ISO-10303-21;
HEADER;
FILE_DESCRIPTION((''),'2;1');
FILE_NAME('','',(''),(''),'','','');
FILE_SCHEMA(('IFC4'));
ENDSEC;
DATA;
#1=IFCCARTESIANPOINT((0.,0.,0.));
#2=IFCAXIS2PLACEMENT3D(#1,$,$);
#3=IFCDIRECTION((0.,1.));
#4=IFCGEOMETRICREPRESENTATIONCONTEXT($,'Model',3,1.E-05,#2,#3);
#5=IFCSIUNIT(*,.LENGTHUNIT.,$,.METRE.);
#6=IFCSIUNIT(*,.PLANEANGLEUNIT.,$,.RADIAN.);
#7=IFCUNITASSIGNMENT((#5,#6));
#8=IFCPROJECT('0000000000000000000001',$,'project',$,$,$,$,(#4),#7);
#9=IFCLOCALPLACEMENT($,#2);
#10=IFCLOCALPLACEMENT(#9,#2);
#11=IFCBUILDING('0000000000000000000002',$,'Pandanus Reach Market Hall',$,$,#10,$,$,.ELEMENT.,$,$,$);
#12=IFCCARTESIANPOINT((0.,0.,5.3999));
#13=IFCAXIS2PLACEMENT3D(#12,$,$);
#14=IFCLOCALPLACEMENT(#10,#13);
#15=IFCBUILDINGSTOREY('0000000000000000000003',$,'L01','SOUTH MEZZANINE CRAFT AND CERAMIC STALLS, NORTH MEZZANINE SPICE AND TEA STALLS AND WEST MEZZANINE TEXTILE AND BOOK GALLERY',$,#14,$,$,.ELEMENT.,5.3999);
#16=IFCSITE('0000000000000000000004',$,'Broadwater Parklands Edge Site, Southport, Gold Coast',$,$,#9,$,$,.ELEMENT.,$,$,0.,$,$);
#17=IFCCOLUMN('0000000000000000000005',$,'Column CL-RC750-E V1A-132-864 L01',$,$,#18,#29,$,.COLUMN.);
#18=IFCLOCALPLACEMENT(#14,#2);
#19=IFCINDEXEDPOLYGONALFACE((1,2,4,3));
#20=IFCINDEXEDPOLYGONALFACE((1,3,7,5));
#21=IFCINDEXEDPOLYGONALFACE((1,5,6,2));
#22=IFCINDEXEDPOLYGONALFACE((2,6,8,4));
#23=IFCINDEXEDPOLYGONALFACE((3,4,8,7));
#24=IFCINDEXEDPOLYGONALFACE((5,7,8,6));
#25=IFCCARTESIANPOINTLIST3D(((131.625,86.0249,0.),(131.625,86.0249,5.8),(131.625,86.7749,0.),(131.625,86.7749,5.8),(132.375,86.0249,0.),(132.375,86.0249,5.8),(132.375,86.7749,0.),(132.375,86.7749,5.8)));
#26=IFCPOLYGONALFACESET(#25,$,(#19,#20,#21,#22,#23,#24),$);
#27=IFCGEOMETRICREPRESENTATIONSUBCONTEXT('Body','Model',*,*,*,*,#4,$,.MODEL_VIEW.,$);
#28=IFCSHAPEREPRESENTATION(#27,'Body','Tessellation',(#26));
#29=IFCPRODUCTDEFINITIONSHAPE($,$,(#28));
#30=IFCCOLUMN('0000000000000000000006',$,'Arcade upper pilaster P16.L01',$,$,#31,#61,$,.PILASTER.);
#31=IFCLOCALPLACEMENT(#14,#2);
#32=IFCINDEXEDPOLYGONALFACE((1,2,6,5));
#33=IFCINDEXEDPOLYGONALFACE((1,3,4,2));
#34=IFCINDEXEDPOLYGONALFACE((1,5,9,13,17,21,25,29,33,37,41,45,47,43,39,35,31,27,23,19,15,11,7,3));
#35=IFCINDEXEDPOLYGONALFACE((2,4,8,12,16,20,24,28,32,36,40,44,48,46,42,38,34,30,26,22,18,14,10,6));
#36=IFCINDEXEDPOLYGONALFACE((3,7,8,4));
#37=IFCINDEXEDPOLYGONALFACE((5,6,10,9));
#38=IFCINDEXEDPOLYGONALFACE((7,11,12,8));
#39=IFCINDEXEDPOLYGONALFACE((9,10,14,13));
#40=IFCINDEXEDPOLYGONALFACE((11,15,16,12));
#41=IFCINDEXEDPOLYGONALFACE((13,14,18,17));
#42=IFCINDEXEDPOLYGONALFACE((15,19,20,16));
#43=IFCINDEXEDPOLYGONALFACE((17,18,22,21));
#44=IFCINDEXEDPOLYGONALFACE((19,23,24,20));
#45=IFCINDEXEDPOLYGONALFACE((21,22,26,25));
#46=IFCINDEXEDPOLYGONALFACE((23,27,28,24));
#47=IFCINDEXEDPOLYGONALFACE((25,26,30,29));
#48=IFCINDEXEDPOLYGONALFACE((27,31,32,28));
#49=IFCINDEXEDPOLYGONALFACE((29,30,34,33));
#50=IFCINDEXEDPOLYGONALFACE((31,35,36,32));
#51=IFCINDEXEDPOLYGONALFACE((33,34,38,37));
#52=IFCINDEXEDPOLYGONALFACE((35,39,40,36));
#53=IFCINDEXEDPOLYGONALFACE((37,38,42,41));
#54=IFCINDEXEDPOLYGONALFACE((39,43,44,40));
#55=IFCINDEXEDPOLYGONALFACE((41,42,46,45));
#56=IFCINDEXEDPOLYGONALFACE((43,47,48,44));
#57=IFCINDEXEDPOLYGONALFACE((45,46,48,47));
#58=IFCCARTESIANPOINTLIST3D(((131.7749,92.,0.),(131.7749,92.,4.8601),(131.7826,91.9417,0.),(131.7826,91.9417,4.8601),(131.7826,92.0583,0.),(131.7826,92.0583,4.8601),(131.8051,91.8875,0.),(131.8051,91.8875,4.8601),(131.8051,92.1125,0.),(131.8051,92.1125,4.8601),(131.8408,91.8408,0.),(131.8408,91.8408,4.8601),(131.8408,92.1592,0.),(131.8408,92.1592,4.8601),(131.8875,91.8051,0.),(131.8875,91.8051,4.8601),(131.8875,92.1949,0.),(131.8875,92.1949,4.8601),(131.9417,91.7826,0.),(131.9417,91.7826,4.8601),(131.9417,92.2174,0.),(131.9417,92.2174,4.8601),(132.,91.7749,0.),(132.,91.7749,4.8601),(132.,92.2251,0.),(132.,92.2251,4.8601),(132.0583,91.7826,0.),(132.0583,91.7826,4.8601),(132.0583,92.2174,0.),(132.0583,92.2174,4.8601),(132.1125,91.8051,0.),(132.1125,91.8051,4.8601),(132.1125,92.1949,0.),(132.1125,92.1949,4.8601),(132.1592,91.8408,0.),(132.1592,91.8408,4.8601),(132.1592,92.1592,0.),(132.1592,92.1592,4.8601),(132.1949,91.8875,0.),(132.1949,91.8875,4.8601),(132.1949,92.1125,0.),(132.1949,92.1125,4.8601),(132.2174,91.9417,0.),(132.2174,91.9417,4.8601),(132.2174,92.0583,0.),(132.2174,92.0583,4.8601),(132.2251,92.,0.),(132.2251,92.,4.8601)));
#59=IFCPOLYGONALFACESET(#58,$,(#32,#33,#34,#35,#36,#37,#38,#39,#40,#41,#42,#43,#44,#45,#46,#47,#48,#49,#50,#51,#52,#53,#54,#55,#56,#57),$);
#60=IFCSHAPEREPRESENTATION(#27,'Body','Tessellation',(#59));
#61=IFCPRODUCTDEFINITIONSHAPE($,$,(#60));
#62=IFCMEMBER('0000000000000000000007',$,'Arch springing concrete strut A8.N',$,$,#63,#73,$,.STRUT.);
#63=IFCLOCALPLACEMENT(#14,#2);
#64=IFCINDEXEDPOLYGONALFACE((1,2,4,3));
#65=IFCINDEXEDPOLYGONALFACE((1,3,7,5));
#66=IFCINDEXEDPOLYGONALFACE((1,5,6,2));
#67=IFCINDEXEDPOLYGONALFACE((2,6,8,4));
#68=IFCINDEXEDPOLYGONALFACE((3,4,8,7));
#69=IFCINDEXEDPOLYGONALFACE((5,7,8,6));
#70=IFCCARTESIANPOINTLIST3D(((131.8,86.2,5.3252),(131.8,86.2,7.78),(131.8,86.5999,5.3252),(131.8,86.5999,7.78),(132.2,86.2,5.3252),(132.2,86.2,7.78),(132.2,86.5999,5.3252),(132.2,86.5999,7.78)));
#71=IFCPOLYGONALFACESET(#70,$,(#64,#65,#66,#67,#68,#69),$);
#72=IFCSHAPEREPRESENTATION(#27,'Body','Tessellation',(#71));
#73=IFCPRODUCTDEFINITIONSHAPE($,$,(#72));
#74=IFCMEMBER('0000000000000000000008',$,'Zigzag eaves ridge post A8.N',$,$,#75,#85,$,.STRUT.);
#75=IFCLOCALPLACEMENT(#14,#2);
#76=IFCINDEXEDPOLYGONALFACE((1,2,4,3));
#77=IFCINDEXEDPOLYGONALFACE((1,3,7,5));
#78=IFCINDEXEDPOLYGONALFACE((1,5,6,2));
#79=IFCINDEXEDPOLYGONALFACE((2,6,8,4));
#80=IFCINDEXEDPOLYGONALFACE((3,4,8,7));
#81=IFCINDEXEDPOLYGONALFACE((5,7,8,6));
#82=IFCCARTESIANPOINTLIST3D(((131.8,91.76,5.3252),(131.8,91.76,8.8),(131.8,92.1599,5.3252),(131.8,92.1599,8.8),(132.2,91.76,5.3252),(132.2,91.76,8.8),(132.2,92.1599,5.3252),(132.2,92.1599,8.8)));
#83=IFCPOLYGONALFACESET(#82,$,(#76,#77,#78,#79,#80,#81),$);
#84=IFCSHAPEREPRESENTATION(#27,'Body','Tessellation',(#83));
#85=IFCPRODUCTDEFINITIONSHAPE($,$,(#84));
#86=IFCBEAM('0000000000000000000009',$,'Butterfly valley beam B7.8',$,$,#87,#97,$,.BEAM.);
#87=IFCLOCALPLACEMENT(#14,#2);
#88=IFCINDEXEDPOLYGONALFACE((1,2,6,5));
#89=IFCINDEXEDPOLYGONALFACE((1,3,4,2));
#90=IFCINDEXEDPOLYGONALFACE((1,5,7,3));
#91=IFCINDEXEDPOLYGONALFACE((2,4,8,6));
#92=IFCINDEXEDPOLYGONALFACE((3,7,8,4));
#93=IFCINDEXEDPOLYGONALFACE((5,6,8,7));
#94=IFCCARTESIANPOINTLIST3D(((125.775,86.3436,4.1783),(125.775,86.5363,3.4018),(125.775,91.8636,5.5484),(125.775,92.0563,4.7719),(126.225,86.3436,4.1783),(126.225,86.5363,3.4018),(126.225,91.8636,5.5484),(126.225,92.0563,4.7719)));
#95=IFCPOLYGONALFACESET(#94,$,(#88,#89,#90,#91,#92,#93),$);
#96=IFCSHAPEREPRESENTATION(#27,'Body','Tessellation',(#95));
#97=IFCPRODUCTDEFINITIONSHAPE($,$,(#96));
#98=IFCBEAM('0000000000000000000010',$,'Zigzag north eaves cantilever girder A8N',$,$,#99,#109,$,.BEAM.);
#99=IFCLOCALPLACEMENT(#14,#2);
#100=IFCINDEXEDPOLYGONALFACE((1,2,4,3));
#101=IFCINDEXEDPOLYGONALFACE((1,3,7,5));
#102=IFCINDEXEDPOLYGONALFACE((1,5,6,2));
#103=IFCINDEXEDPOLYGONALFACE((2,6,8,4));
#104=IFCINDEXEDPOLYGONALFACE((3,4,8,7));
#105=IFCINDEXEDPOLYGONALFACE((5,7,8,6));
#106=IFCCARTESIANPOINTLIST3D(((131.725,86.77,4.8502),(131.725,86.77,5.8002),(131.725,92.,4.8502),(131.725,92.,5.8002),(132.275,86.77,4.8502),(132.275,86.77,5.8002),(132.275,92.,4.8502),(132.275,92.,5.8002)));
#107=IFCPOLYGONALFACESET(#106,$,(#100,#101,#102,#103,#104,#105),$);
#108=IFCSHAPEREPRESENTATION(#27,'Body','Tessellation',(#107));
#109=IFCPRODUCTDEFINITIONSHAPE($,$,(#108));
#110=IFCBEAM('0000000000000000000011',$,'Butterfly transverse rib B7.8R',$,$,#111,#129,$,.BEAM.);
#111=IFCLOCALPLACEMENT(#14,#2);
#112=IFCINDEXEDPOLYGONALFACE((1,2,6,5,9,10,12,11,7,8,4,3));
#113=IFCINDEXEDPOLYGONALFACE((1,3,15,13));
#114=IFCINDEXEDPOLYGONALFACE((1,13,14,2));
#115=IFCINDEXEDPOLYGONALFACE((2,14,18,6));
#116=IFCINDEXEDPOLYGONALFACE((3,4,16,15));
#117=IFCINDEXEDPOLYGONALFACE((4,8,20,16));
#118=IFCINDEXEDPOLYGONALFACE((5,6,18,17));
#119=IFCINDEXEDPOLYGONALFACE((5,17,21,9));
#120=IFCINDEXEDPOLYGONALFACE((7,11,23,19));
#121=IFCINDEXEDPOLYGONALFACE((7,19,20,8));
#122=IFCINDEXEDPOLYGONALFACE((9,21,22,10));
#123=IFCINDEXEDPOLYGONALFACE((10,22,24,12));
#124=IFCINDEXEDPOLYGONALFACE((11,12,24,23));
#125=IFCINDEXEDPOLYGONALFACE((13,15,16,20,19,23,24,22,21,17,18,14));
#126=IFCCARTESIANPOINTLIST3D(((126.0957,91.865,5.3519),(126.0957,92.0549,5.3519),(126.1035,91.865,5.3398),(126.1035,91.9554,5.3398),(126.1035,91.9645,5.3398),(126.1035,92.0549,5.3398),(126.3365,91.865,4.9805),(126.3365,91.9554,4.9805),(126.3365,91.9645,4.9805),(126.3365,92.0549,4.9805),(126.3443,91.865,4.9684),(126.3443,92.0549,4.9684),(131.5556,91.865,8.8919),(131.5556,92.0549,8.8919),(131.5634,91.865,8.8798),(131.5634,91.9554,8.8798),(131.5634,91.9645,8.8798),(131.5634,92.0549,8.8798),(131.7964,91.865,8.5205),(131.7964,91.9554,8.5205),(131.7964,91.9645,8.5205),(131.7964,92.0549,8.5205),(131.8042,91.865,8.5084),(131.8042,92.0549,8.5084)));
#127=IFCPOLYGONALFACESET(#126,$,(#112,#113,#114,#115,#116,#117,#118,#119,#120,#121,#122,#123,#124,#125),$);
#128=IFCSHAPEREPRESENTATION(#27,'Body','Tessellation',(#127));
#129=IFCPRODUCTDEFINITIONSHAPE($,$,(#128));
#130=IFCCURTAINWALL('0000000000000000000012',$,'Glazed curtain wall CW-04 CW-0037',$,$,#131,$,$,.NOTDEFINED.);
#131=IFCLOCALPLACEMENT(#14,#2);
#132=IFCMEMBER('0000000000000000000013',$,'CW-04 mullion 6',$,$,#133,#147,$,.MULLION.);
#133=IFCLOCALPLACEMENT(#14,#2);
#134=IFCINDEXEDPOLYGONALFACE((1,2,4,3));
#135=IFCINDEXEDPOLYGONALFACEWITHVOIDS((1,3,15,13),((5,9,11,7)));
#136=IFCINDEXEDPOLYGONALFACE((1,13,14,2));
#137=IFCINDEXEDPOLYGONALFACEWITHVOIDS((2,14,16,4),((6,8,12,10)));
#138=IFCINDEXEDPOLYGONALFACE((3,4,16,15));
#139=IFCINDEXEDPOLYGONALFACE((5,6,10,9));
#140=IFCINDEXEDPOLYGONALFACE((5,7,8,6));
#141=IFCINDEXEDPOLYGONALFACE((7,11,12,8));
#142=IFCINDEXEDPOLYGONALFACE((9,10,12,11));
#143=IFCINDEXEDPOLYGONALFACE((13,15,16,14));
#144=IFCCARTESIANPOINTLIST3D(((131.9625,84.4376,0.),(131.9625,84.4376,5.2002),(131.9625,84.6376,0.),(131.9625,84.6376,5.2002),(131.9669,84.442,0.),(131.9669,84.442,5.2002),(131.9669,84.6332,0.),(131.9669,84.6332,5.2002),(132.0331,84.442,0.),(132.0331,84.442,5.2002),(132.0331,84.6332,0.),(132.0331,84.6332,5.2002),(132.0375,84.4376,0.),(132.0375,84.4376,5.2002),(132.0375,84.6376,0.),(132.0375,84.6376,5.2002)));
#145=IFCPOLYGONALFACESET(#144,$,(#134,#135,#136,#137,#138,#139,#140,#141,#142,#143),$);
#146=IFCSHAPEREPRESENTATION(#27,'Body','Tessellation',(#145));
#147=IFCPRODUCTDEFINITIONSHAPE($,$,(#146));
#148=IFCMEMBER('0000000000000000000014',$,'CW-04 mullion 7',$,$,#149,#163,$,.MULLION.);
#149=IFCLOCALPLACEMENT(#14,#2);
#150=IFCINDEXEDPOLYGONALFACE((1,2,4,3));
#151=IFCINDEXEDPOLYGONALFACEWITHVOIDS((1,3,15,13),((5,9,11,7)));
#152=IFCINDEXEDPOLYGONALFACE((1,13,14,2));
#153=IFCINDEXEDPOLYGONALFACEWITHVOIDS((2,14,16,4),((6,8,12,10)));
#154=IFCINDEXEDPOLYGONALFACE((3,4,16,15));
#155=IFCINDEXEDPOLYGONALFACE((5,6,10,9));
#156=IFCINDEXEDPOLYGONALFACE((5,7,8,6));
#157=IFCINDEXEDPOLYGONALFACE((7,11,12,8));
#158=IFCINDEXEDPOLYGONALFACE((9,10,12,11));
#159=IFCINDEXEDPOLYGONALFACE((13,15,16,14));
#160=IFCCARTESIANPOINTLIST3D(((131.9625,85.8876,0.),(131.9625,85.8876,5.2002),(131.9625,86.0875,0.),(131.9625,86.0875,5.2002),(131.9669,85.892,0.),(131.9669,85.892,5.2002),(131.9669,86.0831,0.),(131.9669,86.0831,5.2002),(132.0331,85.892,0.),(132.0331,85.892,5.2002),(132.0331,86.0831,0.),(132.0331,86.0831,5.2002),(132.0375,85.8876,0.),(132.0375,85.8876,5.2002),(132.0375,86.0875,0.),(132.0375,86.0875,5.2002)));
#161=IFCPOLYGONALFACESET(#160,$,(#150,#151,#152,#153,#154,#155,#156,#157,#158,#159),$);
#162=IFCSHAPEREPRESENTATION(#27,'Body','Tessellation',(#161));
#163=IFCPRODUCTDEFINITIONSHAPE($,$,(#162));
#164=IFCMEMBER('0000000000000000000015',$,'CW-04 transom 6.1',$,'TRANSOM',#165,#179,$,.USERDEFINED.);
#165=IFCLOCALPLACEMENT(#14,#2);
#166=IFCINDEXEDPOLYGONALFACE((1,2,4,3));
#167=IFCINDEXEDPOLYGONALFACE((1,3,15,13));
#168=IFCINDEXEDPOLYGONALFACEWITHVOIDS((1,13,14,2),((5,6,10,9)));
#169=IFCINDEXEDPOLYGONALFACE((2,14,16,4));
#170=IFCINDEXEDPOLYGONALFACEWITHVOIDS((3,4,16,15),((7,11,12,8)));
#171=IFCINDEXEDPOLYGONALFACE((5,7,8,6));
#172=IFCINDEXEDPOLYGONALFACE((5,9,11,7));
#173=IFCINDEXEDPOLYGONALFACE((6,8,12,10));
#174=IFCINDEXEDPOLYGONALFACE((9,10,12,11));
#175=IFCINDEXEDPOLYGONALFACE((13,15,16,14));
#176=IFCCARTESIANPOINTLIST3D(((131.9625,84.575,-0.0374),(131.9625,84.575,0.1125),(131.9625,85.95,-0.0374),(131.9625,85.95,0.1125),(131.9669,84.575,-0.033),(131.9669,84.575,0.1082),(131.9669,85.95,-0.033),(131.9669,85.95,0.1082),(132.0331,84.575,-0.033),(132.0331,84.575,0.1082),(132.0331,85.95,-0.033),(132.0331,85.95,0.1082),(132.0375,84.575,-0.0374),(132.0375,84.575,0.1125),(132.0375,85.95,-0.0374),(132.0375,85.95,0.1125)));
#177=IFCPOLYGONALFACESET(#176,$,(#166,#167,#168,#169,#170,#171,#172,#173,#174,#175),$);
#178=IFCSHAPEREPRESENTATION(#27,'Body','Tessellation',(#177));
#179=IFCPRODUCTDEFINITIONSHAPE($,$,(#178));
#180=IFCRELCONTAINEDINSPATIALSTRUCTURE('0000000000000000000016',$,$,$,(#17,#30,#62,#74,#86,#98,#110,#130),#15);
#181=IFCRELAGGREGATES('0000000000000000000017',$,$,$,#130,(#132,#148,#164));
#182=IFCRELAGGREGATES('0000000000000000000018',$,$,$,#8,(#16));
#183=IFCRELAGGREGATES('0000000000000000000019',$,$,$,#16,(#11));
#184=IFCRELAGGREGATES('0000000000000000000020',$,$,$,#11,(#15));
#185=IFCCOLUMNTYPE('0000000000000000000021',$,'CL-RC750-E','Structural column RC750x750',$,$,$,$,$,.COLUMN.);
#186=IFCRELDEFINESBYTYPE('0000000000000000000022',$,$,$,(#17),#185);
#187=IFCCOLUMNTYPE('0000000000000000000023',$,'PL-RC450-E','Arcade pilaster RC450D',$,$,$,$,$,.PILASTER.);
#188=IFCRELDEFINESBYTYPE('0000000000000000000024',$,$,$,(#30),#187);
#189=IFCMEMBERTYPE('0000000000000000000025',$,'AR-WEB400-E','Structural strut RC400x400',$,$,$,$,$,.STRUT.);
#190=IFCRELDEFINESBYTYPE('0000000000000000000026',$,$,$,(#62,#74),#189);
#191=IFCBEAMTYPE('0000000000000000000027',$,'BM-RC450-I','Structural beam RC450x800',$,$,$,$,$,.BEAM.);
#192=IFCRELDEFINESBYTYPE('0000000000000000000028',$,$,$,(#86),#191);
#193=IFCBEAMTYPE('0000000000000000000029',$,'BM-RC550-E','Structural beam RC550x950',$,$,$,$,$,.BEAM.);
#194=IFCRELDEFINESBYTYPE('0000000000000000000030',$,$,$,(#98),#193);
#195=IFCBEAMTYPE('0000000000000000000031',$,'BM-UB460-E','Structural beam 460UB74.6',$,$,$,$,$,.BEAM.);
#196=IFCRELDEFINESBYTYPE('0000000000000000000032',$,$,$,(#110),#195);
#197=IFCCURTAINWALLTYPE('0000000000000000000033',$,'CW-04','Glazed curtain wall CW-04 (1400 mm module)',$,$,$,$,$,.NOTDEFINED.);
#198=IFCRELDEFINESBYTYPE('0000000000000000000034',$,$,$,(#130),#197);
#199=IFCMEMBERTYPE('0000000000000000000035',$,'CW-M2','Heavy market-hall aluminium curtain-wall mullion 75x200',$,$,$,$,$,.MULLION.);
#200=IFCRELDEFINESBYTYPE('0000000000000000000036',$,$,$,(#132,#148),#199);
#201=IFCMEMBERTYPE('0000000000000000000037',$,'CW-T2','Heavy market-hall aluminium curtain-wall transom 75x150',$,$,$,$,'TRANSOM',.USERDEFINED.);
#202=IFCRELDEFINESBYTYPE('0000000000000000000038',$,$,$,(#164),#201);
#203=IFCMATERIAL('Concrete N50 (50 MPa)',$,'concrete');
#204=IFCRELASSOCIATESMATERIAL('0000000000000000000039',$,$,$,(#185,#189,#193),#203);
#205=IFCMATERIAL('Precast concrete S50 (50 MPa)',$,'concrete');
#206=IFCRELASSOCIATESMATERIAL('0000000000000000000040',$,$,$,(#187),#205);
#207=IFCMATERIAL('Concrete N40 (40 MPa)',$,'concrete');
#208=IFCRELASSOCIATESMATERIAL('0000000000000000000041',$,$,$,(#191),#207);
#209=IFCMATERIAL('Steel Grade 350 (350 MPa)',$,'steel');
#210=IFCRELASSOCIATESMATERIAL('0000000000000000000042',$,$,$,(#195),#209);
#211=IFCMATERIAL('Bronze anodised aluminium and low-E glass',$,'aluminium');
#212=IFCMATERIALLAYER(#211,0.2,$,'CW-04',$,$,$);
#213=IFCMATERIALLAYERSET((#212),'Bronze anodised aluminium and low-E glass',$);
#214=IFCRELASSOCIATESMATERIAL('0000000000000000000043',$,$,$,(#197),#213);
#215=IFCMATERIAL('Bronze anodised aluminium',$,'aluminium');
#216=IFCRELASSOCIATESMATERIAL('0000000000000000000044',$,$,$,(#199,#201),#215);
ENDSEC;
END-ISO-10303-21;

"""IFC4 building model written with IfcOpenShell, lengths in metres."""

from ifc_helpers import new_model, si_unit, direction, frame, origin, origin_2d, place, context, subcontext, project, spatial, rectangle, hollow_rectangle, circle, i_section, extrude, material, layer, layer_set, material_profile, profile_set, type_object, element, aggregate, save


model = new_model("IFC4")

# Units and contexts
model_context = context("Model", 3, precision=1e-05, world=origin(), true_north=direction((0.0, 1.0)))
body_context = subcontext(model_context, "Body", "Model", "MODEL_VIEW")
ifc_project = project(units=[si_unit("LENGTHUNIT", "METRE"), si_unit("PLANEANGLEUNIT", "RADIAN")], contexts=[model_context])

# Site, building, storey
site_placement = place(None, origin())
site = spatial("IfcSite", under=ifc_project, at=site_placement, Name="Broadwater Parklands Edge Site, Southport, Gold Coast", CompositionType="ELEMENT", RefElevation=0.0)
building_placement = place(site_placement, origin())
building = spatial("IfcBuilding", under=site, at=building_placement, Name="Pandanus Reach Market Hall", CompositionType="ELEMENT")
storey_placement = place(building_placement, frame((0.0, 0.0, 5.3999)))
storey = spatial("IfcBuildingStorey", under=building, at=storey_placement, Name="L01", Description="SOUTH MEZZANINE CRAFT AND CERAMIC STALLS, NORTH MEZZANINE SPICE AND TEA STALLS AND WEST MEZZANINE TEXTILE AND BOOK GALLERY", CompositionType="ELEMENT", Elevation=5.3999)

# Columns
ifc_material_1 = material(Name="Concrete N50 (50 MPa)", Category="concrete")
ifc_material_profile_1 = material_profile(ifc_material_1, rectangle(XDim=0.75, YDim=0.75, at=origin_2d()), Name="RC750x750", Category="LoadBearing")
ifc_profile_set_1 = profile_set([ifc_material_profile_1], Name="Concrete N50 (50 MPa)")
column_type_1 = type_object("IfcColumnType", Name="CL-RC750-E", Description="Structural column RC750x750", PredefinedType="COLUMN", material=ifc_profile_set_1)
column_1_placement = place(storey_placement, frame((132.0, 86.3999, 0.0), z_axis=(0.0, 0.0, 1.0), x_axis=(1.0, 0.0, 0.0)))
element("IfcColumn", 1, at=column_1_placement, inside=storey, type_object=column_type_1, Name="Column CL-RC750-E V1A-132-864 L01", PredefinedType="COLUMN", context=body_context, shape_type="SweptSolid", body=[
    extrude(rectangle(XDim=0.75, YDim=0.75, at=origin_2d()), origin(), (0.0, 0.0, 1.0), 5.8),
])
ifc_material_2 = material(Name="Precast concrete S50 (50 MPa)", Category="concrete")
ifc_material_profile_2 = material_profile(ifc_material_2, circle(Radius=0.2251, at=origin_2d()), Name="RC450D", Category="LoadBearing")
ifc_profile_set_2 = profile_set([ifc_material_profile_2], Name="Precast concrete S50 (50 MPa)")
column_type_2 = type_object("IfcColumnType", Name="PL-RC450-E", Description="Arcade pilaster RC450D", PredefinedType="PILASTER", material=ifc_profile_set_2)
column_2_placement = place(storey_placement, frame((132.0, 92.0, 0.0), z_axis=(0.0, 0.0, 1.0), x_axis=(1.0, 0.0, 0.0)))
element("IfcColumn", 2, at=column_2_placement, inside=storey, type_object=column_type_2, Name="Arcade upper pilaster P16.L01", PredefinedType="PILASTER", context=body_context, shape_type="SweptSolid", body=[
    extrude(circle(Radius=0.2251, at=origin_2d()), origin(), (0.0, 0.0, 1.0), 4.8601),
])

# Members
ifc_material_profile_3 = material_profile(ifc_material_1, rectangle(XDim=0.3999, YDim=0.3999, at=origin_2d()), Name="RC400x400", Category="LoadBearing")
ifc_profile_set_3 = profile_set([ifc_material_profile_3], Name="Concrete N50 (50 MPa)")
member_type_1 = type_object("IfcMemberType", Name="AR-WEB400-E", Description="Structural strut RC400x400", PredefinedType="STRUT", material=ifc_profile_set_3)
member_1_placement = place(storey_placement, frame((132.0, 86.3999, 5.3252), z_axis=(0.0, 0.0, 1.0), x_axis=(1.0, 0.0, 0.0)))
element("IfcMember", 3, at=member_1_placement, inside=storey, type_object=member_type_1, Name="Arch springing concrete strut A8.N", PredefinedType="STRUT", context=body_context, shape_type="SweptSolid", body=[
    extrude(rectangle(XDim=0.3999, YDim=0.3999, at=origin_2d()), origin(), (0.0, 0.0, 1.0), 2.4548),
])
member_2_placement = place(storey_placement, frame((132.0, 91.96, 5.3252), z_axis=(0.0, 0.0, 1.0), x_axis=(1.0, 0.0, 0.0)))
element("IfcMember", 4, at=member_2_placement, inside=storey, type_object=member_type_1, Name="Zigzag eaves ridge post A8.N", PredefinedType="STRUT", context=body_context, shape_type="SweptSolid", body=[
    extrude(rectangle(XDim=0.3999, YDim=0.3999, at=origin_2d()), origin(), (0.0, 0.0, 1.0), 3.4749),
])

# Beams
ifc_material_3 = material(Name="Concrete N40 (40 MPa)", Category="concrete")
ifc_material_profile_4 = material_profile(ifc_material_3, rectangle(XDim=0.45, YDim=0.8, at=origin_2d()), Name="RC450x800", Category="LoadBearing")
ifc_profile_set_4 = profile_set([ifc_material_profile_4], Name="Concrete N40 (40 MPa)")
beam_type_1 = type_object("IfcBeamType", Name="BM-RC450-I", Description="Structural beam RC450x800", PredefinedType="BEAM", material=ifc_profile_set_4)
beam_1_placement = place(storey_placement, frame((126.0, 86.4399, 3.79), z_axis=(0.0, 0.97055, 0.240899), x_axis=(-1.0, 0.0, 0.0)))
element("IfcBeam", 5, at=beam_1_placement, inside=storey, type_object=beam_type_1, Name="Butterfly valley beam B7.8", PredefinedType="BEAM", context=body_context, shape_type="SweptSolid", body=[
    extrude(rectangle(XDim=0.45, YDim=0.8, at=origin_2d()), origin(), (0.0, 0.0, 1.0), 5.6875),
])
ifc_material_profile_5 = material_profile(ifc_material_1, rectangle(XDim=0.55, YDim=0.95, at=origin_2d()), Name="RC550x950", Category="LoadBearing")
ifc_profile_set_5 = profile_set([ifc_material_profile_5], Name="Concrete N50 (50 MPa)")
beam_type_2 = type_object("IfcBeamType", Name="BM-RC550-E", Description="Structural beam RC550x950", PredefinedType="BEAM", material=ifc_profile_set_5)
beam_2_placement = place(storey_placement, frame((132.0, 86.77, 5.3252), z_axis=(0.0, 1.0, 0.0), x_axis=(-1.0, 0.0, 0.0)))
element("IfcBeam", 6, at=beam_2_placement, inside=storey, type_object=beam_type_2, Name="Zigzag north eaves cantilever girder A8N", PredefinedType="BEAM", context=body_context, shape_type="SweptSolid", body=[
    extrude(rectangle(XDim=0.55, YDim=0.95, at=origin_2d()), origin(), (0.0, 0.0, 1.0), 5.23),
])
ifc_material_4 = material(Name="Steel Grade 350 (350 MPa)", Category="steel")
ifc_material_profile_6 = material_profile(ifc_material_4, i_section(OverallWidth=0.1899, OverallDepth=0.457, WebThickness=0.009, FlangeThickness=0.0144, at=origin_2d()), Name="460UB74.6", Category="LoadBearing")
ifc_profile_set_6 = profile_set([ifc_material_profile_6], Name="Steel Grade 350 (350 MPa)")
beam_type_3 = type_object("IfcBeamType", Name="BM-UB460-E", Description="Structural beam 460UB74.6", PredefinedType="BEAM", material=ifc_profile_set_6)
beam_3_placement = place(storey_placement, frame((126.22, 91.96, 5.1602), z_axis=(0.839071, 0.0, 0.544023), x_axis=(0.0, 1.0, 0.0)))
element("IfcBeam", 7, at=beam_3_placement, inside=storey, type_object=beam_type_3, Name="Butterfly transverse rib B7.8R", PredefinedType="BEAM", context=body_context, shape_type="SweptSolid", body=[
    extrude(i_section(OverallWidth=0.1899, OverallDepth=0.457, WebThickness=0.009, FlangeThickness=0.0144, at=origin_2d()), origin(), (0.0, 0.0, 1.0), 6.5071),
])

# Curtain wall, members
ifc_material_5 = material(Name="Bronze anodised aluminium and low-E glass", Category="aluminium")
ifc_layer_1 = layer(ifc_material_5, 0.2, Name="CW-04")
ifc_layer_set_1 = layer_set([ifc_layer_1], Name="Bronze anodised aluminium and low-E glass")
curtain_wall_type = type_object("IfcCurtainWallType", Name="CW-04", Description="Glazed curtain wall CW-04 (1400 mm module)", PredefinedType="NOTDEFINED", material=ifc_layer_set_1)
curtain_wall_placement = place(storey_placement, origin())
curtain_wall = element("IfcCurtainWall", 8, at=curtain_wall_placement, inside=storey, type_object=curtain_wall_type, Name="Glazed curtain wall CW-04 CW-0037", PredefinedType="NOTDEFINED")
ifc_material_6 = material(Name="Bronze anodised aluminium", Category="aluminium")
ifc_material_profile_7 = material_profile(ifc_material_6, hollow_rectangle(XDim=0.075, YDim=0.2, WallThickness=0.0044, at=origin_2d()), Name="ALU75x200", Category="LoadBearing")
ifc_profile_set_7 = profile_set([ifc_material_profile_7], Name="Bronze anodised aluminium")
member_type_2 = type_object("IfcMemberType", Name="CW-M2", Description="Heavy market-hall aluminium curtain-wall mullion 75x200", PredefinedType="MULLION", material=ifc_profile_set_7)
member_3_placement = place(storey_placement, frame((132.0, 84.5376, 0.0), z_axis=(0.0, 0.0, 1.0), x_axis=(-1.0, 0.0, 0.0)))
member_3 = element("IfcMember", 9, at=member_3_placement, type_object=member_type_2, Name="CW-04 mullion 6", PredefinedType="MULLION", context=body_context, shape_type="SweptSolid", body=[
    extrude(hollow_rectangle(XDim=0.075, YDim=0.2, WallThickness=0.0044, at=origin_2d()), origin(), (0.0, 0.0, 1.0), 5.2002),
])
member_4_placement = place(storey_placement, frame((132.0, 85.9875, 0.0), z_axis=(0.0, 0.0, 1.0), x_axis=(-1.0, 0.0, 0.0)))
member_4 = element("IfcMember", 10, at=member_4_placement, type_object=member_type_2, Name="CW-04 mullion 7", PredefinedType="MULLION", context=body_context, shape_type="SweptSolid", body=[
    extrude(hollow_rectangle(XDim=0.075, YDim=0.2, WallThickness=0.0044, at=origin_2d()), origin(), (0.0, 0.0, 1.0), 5.2002),
])
ifc_material_profile_8 = material_profile(ifc_material_6, hollow_rectangle(XDim=0.075, YDim=0.1499, WallThickness=0.0044, at=origin_2d()), Name="ALU75x150", Category="LoadBearing")
ifc_profile_set_8 = profile_set([ifc_material_profile_8], Name="Bronze anodised aluminium")
member_type_3 = type_object("IfcMemberType", Name="CW-T2", Description="Heavy market-hall aluminium curtain-wall transom 75x150", ElementType="TRANSOM", PredefinedType="USERDEFINED", material=ifc_profile_set_8)
member_5_placement = place(storey_placement, frame((132.0, 84.575, 0.0376), z_axis=(0.0, 1.0, 0.0), x_axis=(-1.0, 0.0, 0.0)))
member_5 = element("IfcMember", 11, at=member_5_placement, type_object=member_type_3, Name="CW-04 transom 6.1", ObjectType="TRANSOM", PredefinedType="USERDEFINED", context=body_context, shape_type="SweptSolid", body=[
    extrude(hollow_rectangle(XDim=0.075, YDim=0.1499, WallThickness=0.0044, at=origin_2d()), origin(), (0.0, 0.0, 1.0), 1.375),
])

aggregate(curtain_wall, [member_3, member_4, member_5])

save(model, "model.ifc")
